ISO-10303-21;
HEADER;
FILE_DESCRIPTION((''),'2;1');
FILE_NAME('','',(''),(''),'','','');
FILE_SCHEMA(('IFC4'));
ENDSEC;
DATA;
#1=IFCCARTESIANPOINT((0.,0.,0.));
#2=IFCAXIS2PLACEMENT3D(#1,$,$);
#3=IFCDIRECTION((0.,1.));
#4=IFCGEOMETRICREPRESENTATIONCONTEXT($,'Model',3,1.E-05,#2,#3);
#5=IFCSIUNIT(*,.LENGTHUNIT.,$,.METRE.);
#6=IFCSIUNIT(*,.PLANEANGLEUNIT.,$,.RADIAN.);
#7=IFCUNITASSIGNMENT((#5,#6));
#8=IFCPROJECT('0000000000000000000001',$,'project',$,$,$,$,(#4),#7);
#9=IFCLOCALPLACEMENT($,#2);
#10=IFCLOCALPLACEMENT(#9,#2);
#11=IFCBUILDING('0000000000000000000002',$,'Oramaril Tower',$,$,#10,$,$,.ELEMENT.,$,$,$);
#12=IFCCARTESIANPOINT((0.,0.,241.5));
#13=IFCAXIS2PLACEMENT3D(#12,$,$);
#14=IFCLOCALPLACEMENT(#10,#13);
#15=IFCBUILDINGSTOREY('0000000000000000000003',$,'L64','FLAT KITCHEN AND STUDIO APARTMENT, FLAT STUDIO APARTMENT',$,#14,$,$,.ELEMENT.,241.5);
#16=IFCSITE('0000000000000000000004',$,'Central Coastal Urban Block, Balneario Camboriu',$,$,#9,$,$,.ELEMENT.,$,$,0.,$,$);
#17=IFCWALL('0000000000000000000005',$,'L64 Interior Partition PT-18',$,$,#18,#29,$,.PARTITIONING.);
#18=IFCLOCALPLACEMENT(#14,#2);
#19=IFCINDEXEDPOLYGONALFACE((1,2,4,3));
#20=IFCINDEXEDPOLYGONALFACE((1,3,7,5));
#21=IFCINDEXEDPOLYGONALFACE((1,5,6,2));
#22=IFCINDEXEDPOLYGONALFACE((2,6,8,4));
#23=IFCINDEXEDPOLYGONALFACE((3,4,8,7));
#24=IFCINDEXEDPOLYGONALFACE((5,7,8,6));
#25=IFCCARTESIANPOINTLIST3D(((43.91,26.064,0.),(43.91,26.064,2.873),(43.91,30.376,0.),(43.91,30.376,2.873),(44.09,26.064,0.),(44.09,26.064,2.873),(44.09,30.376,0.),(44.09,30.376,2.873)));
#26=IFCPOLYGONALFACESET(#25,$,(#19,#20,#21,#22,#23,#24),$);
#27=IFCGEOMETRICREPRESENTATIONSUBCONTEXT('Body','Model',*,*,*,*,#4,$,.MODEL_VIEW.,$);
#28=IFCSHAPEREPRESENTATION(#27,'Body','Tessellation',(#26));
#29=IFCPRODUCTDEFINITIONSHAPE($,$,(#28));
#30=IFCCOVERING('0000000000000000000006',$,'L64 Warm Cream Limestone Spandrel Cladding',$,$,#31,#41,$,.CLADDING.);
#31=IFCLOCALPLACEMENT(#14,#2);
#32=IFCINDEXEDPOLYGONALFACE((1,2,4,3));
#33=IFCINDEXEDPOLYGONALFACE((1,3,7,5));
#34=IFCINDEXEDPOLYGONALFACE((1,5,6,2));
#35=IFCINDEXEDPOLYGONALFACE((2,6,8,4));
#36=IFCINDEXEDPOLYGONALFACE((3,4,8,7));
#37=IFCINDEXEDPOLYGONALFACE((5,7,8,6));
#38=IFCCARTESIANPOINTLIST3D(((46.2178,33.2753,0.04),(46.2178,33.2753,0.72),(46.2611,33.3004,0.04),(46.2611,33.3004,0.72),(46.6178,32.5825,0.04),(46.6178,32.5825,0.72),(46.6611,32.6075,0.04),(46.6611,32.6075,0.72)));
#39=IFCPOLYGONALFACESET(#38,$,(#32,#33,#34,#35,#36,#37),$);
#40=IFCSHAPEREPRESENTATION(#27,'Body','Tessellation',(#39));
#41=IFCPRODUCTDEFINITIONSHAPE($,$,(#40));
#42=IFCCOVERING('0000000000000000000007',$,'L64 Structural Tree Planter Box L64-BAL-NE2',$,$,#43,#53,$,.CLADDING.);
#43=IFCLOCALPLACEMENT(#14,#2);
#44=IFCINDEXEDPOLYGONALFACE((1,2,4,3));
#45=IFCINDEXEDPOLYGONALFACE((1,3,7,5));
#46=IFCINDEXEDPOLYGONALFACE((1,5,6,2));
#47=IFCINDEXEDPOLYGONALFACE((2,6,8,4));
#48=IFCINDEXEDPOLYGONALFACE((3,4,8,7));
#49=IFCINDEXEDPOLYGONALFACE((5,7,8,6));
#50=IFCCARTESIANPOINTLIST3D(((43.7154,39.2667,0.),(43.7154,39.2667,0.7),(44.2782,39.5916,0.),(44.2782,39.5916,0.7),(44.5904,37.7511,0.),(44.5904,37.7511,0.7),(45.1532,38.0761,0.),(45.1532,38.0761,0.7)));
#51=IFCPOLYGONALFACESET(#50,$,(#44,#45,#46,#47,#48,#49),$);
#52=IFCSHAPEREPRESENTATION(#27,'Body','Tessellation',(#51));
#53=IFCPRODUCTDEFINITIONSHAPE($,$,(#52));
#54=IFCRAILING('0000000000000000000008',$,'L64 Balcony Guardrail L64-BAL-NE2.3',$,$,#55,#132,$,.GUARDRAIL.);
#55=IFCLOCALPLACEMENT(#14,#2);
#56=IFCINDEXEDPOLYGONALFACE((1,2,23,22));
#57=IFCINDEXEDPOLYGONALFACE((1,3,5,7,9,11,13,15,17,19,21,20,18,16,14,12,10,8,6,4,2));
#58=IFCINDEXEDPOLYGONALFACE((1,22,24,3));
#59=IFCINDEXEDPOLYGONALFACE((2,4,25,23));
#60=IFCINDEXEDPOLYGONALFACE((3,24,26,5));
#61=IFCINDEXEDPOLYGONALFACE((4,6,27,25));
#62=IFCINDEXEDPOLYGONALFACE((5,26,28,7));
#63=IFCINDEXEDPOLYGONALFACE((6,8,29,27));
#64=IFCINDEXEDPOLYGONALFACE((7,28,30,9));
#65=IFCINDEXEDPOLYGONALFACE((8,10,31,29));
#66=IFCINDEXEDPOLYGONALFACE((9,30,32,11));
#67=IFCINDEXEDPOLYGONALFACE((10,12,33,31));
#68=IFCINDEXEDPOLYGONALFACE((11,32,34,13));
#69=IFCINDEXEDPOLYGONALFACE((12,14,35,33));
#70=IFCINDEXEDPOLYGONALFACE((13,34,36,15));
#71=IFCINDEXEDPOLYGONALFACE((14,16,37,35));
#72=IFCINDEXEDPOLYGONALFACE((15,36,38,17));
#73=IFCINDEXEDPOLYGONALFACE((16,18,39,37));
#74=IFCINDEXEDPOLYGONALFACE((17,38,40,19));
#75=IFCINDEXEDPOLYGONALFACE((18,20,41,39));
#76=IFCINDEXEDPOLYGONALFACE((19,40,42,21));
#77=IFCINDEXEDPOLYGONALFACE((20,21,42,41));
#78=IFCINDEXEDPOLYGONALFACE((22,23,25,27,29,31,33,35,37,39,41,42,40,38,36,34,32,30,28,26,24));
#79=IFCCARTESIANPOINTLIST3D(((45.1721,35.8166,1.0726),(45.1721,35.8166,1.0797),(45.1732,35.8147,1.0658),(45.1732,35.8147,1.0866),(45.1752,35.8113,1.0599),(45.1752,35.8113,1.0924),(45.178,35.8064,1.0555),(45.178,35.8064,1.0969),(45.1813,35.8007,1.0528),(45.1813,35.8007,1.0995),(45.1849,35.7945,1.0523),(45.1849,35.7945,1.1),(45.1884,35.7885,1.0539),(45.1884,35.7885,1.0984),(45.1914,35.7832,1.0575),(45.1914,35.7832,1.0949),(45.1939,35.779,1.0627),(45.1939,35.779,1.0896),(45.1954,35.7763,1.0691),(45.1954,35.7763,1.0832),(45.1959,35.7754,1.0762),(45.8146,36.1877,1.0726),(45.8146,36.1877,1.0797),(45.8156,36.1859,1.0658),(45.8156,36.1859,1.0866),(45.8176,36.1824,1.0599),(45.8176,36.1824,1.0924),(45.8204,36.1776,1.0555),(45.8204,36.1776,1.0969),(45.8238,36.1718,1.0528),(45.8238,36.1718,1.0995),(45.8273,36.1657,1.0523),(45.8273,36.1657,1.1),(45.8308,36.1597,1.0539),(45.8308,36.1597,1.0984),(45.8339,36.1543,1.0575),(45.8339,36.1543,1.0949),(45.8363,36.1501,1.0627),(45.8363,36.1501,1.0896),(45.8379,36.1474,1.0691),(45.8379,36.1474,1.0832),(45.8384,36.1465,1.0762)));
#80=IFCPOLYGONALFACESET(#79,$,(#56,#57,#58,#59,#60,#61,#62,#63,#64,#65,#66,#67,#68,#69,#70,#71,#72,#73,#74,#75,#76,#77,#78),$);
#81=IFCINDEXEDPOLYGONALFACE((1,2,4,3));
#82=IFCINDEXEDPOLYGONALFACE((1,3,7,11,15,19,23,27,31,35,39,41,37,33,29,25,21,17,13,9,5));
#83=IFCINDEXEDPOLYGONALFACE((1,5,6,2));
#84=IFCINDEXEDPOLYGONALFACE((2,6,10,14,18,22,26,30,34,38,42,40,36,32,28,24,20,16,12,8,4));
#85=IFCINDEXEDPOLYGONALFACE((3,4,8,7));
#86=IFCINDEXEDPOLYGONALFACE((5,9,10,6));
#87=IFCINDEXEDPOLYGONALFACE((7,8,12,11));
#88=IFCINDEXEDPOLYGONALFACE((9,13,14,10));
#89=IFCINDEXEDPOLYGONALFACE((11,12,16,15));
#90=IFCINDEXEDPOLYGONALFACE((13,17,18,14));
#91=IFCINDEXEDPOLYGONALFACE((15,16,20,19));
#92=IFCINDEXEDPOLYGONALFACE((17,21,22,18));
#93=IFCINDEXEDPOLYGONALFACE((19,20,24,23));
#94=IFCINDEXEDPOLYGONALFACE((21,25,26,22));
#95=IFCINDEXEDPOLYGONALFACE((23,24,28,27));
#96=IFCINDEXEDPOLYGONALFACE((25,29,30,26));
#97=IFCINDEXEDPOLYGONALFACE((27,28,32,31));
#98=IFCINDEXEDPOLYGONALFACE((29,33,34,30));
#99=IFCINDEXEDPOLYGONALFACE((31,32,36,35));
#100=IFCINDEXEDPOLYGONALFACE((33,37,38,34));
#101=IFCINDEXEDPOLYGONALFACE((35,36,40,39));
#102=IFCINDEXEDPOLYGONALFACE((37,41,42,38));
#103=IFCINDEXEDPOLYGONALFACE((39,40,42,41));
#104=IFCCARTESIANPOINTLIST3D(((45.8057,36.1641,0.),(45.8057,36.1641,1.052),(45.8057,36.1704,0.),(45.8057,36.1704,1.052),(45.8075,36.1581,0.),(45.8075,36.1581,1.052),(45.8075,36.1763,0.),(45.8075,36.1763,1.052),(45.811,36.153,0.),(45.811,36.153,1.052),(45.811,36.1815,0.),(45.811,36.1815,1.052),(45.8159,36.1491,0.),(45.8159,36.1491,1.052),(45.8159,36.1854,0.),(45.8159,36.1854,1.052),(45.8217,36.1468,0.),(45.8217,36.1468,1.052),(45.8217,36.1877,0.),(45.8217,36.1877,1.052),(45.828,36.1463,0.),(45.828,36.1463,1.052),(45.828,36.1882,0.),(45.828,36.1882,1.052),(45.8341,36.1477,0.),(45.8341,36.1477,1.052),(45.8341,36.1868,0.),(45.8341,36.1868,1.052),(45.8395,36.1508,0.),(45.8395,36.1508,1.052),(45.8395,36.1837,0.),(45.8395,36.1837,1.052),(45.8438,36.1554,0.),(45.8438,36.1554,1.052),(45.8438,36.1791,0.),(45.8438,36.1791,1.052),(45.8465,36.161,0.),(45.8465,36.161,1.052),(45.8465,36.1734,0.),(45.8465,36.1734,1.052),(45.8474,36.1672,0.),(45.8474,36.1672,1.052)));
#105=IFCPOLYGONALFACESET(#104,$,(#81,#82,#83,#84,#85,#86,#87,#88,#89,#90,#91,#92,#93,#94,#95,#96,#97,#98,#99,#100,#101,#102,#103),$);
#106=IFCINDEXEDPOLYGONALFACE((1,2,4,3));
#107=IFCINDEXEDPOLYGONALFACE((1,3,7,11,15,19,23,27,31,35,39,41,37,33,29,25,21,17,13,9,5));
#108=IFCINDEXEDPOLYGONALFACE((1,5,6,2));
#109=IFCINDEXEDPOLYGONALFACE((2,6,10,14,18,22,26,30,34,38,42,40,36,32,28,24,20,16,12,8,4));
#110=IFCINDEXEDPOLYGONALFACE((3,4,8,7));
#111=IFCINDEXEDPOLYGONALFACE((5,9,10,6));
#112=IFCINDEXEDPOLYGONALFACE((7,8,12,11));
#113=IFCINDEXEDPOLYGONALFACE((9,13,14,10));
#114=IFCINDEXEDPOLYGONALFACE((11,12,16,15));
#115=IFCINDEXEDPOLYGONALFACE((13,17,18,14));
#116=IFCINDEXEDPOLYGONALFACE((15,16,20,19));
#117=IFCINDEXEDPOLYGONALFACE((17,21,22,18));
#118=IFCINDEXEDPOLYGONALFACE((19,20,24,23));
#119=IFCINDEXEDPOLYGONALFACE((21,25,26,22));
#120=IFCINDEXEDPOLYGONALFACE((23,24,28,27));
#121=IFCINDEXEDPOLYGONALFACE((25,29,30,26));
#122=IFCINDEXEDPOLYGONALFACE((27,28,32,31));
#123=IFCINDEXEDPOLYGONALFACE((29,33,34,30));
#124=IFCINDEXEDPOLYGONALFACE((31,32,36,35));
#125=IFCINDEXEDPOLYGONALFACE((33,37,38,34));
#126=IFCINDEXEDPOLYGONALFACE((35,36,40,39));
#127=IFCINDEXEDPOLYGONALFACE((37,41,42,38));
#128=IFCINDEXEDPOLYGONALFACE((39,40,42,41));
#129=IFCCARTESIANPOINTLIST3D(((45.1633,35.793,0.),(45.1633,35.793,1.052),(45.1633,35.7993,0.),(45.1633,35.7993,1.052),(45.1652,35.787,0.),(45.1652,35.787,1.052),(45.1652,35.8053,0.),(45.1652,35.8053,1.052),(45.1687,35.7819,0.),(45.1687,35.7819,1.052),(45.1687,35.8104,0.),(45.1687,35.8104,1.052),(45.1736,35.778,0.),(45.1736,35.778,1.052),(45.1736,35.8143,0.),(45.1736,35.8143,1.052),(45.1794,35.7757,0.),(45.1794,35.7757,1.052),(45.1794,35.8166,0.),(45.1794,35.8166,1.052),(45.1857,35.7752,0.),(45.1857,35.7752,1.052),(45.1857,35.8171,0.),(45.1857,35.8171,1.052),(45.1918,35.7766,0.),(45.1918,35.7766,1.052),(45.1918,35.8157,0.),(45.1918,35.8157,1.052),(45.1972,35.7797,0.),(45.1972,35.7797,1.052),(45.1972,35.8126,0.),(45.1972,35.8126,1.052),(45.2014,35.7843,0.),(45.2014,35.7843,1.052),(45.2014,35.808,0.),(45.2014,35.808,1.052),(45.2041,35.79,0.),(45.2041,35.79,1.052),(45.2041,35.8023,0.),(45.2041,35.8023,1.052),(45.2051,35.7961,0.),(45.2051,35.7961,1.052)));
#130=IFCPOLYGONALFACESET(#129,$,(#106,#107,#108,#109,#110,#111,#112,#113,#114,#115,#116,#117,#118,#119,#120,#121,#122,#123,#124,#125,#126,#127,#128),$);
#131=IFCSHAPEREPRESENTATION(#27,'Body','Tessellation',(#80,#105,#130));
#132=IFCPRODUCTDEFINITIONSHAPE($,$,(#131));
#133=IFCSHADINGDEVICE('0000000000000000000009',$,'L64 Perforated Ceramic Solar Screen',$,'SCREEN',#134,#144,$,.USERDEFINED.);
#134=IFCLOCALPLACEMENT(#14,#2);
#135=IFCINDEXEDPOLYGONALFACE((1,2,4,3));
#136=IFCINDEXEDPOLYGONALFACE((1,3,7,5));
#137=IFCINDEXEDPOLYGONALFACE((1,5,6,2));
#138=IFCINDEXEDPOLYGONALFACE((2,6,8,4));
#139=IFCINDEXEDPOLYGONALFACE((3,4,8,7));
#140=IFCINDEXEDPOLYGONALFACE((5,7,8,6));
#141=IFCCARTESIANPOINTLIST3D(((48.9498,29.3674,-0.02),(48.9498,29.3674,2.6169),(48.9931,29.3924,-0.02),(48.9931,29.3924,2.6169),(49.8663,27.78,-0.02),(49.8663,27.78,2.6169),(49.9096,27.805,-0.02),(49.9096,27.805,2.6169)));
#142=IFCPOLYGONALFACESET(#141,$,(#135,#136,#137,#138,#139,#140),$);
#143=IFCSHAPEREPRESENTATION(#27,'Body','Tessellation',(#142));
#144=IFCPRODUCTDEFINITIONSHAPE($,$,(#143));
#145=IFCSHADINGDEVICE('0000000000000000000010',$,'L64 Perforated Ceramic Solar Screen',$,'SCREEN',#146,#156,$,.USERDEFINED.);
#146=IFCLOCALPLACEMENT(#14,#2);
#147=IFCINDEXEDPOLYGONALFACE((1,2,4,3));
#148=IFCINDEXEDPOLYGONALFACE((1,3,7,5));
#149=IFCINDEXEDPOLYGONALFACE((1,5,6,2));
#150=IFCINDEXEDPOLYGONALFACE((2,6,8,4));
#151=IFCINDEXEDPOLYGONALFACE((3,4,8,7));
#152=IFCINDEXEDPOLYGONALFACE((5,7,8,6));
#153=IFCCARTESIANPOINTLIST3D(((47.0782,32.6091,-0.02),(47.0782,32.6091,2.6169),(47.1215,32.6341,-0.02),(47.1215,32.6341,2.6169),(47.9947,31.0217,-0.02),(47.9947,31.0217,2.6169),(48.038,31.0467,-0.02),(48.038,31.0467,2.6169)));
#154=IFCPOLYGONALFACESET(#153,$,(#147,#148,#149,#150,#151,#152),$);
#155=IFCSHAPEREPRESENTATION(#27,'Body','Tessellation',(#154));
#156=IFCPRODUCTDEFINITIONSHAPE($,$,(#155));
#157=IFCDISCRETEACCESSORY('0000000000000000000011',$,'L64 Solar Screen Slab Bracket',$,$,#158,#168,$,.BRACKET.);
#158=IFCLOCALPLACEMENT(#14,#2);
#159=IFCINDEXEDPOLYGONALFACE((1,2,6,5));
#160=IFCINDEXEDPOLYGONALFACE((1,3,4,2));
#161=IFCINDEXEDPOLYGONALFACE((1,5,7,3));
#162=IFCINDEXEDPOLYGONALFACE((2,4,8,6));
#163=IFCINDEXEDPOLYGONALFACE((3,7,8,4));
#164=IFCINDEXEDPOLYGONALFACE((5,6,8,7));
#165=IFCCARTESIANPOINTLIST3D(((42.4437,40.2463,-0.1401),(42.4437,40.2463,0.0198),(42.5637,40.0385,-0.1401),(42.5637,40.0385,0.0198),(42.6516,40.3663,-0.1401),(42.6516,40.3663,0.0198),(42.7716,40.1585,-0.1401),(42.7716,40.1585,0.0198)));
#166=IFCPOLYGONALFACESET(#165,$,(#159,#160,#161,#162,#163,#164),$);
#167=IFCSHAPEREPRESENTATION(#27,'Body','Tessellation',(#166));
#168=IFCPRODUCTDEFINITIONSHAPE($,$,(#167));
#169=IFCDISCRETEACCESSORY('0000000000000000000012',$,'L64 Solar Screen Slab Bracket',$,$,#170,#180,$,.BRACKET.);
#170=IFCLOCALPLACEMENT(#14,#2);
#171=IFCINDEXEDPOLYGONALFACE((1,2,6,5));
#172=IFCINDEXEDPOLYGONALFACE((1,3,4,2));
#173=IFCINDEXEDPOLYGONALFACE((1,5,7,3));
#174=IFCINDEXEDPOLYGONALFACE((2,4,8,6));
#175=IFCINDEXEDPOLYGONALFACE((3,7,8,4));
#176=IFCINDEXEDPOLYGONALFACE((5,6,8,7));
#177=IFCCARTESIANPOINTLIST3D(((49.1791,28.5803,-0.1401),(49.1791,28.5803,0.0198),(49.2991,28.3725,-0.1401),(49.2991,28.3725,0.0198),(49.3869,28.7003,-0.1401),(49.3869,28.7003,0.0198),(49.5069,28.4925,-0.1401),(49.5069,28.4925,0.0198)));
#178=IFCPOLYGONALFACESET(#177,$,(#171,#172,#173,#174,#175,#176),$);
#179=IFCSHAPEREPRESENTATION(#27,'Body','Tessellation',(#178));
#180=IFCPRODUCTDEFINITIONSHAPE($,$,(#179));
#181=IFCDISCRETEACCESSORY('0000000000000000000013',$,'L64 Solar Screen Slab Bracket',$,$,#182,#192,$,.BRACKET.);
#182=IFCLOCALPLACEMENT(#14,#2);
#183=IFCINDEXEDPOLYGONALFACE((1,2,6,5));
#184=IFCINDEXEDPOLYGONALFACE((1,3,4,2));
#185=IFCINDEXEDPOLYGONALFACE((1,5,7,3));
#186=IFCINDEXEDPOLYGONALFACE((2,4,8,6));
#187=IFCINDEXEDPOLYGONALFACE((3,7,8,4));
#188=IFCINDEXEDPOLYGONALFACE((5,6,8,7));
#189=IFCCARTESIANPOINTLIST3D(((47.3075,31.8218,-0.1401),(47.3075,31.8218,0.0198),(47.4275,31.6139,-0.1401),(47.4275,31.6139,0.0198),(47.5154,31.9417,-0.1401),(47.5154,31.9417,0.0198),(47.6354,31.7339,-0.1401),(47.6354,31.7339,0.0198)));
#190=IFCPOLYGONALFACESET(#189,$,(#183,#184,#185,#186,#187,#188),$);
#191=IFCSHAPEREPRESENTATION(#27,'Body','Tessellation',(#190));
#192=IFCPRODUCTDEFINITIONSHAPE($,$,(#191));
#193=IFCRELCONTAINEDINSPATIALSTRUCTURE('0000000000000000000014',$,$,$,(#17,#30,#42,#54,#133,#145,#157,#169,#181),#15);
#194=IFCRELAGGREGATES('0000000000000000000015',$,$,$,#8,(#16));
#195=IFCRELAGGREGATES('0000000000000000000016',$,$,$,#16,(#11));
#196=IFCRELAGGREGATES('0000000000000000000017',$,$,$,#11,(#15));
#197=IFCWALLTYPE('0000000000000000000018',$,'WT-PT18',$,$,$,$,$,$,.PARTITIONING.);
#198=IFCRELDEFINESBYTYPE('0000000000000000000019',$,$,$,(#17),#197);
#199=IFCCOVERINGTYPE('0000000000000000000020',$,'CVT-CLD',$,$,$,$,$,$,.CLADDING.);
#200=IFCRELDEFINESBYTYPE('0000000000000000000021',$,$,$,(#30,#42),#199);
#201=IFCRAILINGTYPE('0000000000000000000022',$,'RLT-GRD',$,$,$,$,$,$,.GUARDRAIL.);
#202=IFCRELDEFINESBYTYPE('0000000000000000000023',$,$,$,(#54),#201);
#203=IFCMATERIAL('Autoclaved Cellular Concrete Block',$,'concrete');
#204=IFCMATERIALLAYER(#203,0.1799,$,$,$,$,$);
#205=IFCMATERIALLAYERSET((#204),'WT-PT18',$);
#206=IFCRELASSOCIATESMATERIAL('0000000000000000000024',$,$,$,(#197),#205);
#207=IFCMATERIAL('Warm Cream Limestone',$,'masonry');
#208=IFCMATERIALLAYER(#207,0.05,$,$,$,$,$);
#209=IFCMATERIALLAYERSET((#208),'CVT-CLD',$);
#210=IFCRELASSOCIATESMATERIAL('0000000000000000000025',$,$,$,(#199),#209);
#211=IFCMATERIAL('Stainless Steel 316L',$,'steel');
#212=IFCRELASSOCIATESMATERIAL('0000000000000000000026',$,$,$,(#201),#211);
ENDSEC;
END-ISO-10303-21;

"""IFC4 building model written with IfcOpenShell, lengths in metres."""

from ifc_helpers import new_model, si_unit, direction, frame, frame_2d, origin, origin_2d, place, context, subcontext, project, spatial, rectangle, circle, extrude, material, layer, layer_set, type_object, element, save


model = new_model("IFC4")

# Units and contexts
model_context = context("Model", 3, precision=1e-05, world=origin(), true_north=direction((0.0, 1.0)))
body_context = subcontext(model_context, "Body", "Model", "MODEL_VIEW")
ifc_project = project(units=[si_unit("LENGTHUNIT", "METRE"), si_unit("PLANEANGLEUNIT", "RADIAN")], contexts=[model_context])

# Site, building, storey
site_placement = place(None, origin())
site = spatial("IfcSite", under=ifc_project, at=site_placement, Name="Central Coastal Urban Block, Balneario Camboriu", CompositionType="ELEMENT", RefElevation=0.0)
building_placement = place(site_placement, origin())
building = spatial("IfcBuilding", under=site, at=building_placement, Name="Oramaril Tower", CompositionType="ELEMENT")
storey_placement = place(building_placement, frame((0.0, 0.0, 241.5)))
storey = spatial("IfcBuildingStorey", under=building, at=storey_placement, Name="L64", Description="FLAT KITCHEN AND STUDIO APARTMENT, FLAT STUDIO APARTMENT", CompositionType="ELEMENT", Elevation=241.5)

# Wall
ifc_material_1 = material(Name="Autoclaved Cellular Concrete Block", Category="concrete")
ifc_layer_1 = layer(ifc_material_1, 0.1799)
ifc_layer_set_1 = layer_set([ifc_layer_1], Name="WT-PT18")
wall_type_1 = type_object("IfcWallType", Name="WT-PT18", PredefinedType="PARTITIONING", material=ifc_layer_set_1)
wall_1_placement = place(storey_placement, frame((44.0, 26.064, 0.0), z_axis=(0.0, 0.0, 1.0), x_axis=(0.0, 1.0, 0.0)))
element("IfcWall", 1, at=wall_1_placement, inside=storey, type_object=wall_type_1, Name="L64 Interior Partition PT-18", PredefinedType="PARTITIONING", context=body_context, shape_type="SweptSolid", body=[
    extrude(rectangle(XDim=4.312, YDim=0.1799, at=frame_2d((2.156, 0.0))), origin(), (0.0, 0.0, 1.0), 2.873),
])

# Coverings
ifc_material_2 = material(Name="Warm Cream Limestone", Category="masonry")
ifc_layer_2 = layer(ifc_material_2, 0.05)
ifc_layer_set_2 = layer_set([ifc_layer_2], Name="CVT-CLD")
covering_type = type_object("IfcCoveringType", Name="CVT-CLD", PredefinedType="CLADDING", material=ifc_layer_set_2)
covering_1_placement = place(storey_placement, frame((46.4395, 32.9414, 0.04), z_axis=(0.0, 0.0, 1.0), x_axis=(-0.499998, 0.866026, 0.0)))
element("IfcCovering", 2, at=covering_1_placement, inside=storey, type_object=covering_type, Name="L64 Warm Cream Limestone Spandrel Cladding", PredefinedType="CLADDING", context=body_context, shape_type="SweptSolid", body=[
    extrude(rectangle(XDim=0.8, YDim=0.05, at=origin_2d()), origin(), (0.0, 0.0, 1.0), 0.6799),
])
covering_2_placement = place(storey_placement, frame((44.4343, 38.6714, 0.0), z_axis=(0.0, 0.0, 1.0), x_axis=(-0.499998, 0.866026, 0.0)))
element("IfcCovering", 3, at=covering_2_placement, inside=storey, type_object=covering_type, Name="L64 Structural Tree Planter Box L64-BAL-NE2", PredefinedType="CLADDING", context=body_context, shape_type="SweptSolid", body=[
    extrude(rectangle(XDim=1.75, YDim=0.6499, at=origin_2d()), origin(), (0.0, 0.0, 1.0), 0.7),
])

# Railing
ifc_material_3 = material(Name="Stainless Steel 316L", Category="steel")
railing_type = type_object("IfcRailingType", Name="RLT-GRD", PredefinedType="GUARDRAIL", material=ifc_material_3)
railing_placement = place(storey_placement, frame((45.8264, 36.1672, 0.0)))
element("IfcRailing", 4, at=railing_placement, inside=storey, type_object=railing_type, Name="L64 Balcony Guardrail L64-BAL-NE2.3", PredefinedType="GUARDRAIL", context=body_context, shape_type="SweptSolid", body=[
    extrude(circle(Radius=0.0239, at=origin_2d()), frame((0.0, 0.0, 1.0762), z_axis=(-0.865884, -0.500245, 0.0), x_axis=(0.500245, -0.865884, 0.0)), (0.0, 0.0, 1.0), 0.7419),
    extrude(circle(Radius=0.021, at=origin_2d()), origin(), (0.0, 0.0, 1.0), 1.052),
    extrude(circle(Radius=0.021, at=origin_2d()), frame((-0.6423, -0.3711, 0.0)), (0.0, 0.0, 1.0), 1.052),
])

# Shading devices
for number, where, z_axis, x_axis, name in (
    (5, (49.4297, 28.5862, -0.02), (0.0, 0.0, 1.0), (-0.499998, 0.866026, 0.0), "L64 Perforated Ceramic Solar Screen"),
    (6, (47.5581, 31.8279, -0.02), (0.0, 0.0, 1.0), (-0.499998, 0.866026, 0.0), "L64 Perforated Ceramic Solar Screen"),
):
    element("IfcShadingDevice", number, at=place(storey_placement, frame(where, z_axis=z_axis, x_axis=x_axis)), inside=storey, Name=name, ObjectType="SCREEN", PredefinedType="USERDEFINED", context=body_context, shape_type="SweptSolid", body=[
        extrude(rectangle(XDim=1.833, YDim=0.05, at=origin_2d()), origin(), (0.0, 0.0, 1.0), 2.637),
    ])

# Discrete accessories
for number, where, z_axis, x_axis, name in (
    (7, (42.6077, 40.2024, -0.1401), (0.0, 0.0, 1.0), (-0.499998, 0.866026, 0.0), "L64 Solar Screen Slab Bracket"),
    (8, (49.343, 28.5364, -0.1401), (0.0, 0.0, 1.0), (-0.499998, 0.866026, 0.0), "L64 Solar Screen Slab Bracket"),
    (9, (47.4714, 31.7778, -0.1401), (0.0, 0.0, 1.0), (-0.499998, 0.866026, 0.0), "L64 Solar Screen Slab Bracket"),
):
    element("IfcDiscreteAccessory", number, at=place(storey_placement, frame(where, z_axis=z_axis, x_axis=x_axis)), inside=storey, Name=name, PredefinedType="BRACKET", context=body_context, shape_type="SweptSolid", body=[
        extrude(rectangle(XDim=0.24, YDim=0.24, at=origin_2d()), origin(), (0.0, 0.0, 1.0), 0.1599),
    ])

save(model, "model.ifc")
